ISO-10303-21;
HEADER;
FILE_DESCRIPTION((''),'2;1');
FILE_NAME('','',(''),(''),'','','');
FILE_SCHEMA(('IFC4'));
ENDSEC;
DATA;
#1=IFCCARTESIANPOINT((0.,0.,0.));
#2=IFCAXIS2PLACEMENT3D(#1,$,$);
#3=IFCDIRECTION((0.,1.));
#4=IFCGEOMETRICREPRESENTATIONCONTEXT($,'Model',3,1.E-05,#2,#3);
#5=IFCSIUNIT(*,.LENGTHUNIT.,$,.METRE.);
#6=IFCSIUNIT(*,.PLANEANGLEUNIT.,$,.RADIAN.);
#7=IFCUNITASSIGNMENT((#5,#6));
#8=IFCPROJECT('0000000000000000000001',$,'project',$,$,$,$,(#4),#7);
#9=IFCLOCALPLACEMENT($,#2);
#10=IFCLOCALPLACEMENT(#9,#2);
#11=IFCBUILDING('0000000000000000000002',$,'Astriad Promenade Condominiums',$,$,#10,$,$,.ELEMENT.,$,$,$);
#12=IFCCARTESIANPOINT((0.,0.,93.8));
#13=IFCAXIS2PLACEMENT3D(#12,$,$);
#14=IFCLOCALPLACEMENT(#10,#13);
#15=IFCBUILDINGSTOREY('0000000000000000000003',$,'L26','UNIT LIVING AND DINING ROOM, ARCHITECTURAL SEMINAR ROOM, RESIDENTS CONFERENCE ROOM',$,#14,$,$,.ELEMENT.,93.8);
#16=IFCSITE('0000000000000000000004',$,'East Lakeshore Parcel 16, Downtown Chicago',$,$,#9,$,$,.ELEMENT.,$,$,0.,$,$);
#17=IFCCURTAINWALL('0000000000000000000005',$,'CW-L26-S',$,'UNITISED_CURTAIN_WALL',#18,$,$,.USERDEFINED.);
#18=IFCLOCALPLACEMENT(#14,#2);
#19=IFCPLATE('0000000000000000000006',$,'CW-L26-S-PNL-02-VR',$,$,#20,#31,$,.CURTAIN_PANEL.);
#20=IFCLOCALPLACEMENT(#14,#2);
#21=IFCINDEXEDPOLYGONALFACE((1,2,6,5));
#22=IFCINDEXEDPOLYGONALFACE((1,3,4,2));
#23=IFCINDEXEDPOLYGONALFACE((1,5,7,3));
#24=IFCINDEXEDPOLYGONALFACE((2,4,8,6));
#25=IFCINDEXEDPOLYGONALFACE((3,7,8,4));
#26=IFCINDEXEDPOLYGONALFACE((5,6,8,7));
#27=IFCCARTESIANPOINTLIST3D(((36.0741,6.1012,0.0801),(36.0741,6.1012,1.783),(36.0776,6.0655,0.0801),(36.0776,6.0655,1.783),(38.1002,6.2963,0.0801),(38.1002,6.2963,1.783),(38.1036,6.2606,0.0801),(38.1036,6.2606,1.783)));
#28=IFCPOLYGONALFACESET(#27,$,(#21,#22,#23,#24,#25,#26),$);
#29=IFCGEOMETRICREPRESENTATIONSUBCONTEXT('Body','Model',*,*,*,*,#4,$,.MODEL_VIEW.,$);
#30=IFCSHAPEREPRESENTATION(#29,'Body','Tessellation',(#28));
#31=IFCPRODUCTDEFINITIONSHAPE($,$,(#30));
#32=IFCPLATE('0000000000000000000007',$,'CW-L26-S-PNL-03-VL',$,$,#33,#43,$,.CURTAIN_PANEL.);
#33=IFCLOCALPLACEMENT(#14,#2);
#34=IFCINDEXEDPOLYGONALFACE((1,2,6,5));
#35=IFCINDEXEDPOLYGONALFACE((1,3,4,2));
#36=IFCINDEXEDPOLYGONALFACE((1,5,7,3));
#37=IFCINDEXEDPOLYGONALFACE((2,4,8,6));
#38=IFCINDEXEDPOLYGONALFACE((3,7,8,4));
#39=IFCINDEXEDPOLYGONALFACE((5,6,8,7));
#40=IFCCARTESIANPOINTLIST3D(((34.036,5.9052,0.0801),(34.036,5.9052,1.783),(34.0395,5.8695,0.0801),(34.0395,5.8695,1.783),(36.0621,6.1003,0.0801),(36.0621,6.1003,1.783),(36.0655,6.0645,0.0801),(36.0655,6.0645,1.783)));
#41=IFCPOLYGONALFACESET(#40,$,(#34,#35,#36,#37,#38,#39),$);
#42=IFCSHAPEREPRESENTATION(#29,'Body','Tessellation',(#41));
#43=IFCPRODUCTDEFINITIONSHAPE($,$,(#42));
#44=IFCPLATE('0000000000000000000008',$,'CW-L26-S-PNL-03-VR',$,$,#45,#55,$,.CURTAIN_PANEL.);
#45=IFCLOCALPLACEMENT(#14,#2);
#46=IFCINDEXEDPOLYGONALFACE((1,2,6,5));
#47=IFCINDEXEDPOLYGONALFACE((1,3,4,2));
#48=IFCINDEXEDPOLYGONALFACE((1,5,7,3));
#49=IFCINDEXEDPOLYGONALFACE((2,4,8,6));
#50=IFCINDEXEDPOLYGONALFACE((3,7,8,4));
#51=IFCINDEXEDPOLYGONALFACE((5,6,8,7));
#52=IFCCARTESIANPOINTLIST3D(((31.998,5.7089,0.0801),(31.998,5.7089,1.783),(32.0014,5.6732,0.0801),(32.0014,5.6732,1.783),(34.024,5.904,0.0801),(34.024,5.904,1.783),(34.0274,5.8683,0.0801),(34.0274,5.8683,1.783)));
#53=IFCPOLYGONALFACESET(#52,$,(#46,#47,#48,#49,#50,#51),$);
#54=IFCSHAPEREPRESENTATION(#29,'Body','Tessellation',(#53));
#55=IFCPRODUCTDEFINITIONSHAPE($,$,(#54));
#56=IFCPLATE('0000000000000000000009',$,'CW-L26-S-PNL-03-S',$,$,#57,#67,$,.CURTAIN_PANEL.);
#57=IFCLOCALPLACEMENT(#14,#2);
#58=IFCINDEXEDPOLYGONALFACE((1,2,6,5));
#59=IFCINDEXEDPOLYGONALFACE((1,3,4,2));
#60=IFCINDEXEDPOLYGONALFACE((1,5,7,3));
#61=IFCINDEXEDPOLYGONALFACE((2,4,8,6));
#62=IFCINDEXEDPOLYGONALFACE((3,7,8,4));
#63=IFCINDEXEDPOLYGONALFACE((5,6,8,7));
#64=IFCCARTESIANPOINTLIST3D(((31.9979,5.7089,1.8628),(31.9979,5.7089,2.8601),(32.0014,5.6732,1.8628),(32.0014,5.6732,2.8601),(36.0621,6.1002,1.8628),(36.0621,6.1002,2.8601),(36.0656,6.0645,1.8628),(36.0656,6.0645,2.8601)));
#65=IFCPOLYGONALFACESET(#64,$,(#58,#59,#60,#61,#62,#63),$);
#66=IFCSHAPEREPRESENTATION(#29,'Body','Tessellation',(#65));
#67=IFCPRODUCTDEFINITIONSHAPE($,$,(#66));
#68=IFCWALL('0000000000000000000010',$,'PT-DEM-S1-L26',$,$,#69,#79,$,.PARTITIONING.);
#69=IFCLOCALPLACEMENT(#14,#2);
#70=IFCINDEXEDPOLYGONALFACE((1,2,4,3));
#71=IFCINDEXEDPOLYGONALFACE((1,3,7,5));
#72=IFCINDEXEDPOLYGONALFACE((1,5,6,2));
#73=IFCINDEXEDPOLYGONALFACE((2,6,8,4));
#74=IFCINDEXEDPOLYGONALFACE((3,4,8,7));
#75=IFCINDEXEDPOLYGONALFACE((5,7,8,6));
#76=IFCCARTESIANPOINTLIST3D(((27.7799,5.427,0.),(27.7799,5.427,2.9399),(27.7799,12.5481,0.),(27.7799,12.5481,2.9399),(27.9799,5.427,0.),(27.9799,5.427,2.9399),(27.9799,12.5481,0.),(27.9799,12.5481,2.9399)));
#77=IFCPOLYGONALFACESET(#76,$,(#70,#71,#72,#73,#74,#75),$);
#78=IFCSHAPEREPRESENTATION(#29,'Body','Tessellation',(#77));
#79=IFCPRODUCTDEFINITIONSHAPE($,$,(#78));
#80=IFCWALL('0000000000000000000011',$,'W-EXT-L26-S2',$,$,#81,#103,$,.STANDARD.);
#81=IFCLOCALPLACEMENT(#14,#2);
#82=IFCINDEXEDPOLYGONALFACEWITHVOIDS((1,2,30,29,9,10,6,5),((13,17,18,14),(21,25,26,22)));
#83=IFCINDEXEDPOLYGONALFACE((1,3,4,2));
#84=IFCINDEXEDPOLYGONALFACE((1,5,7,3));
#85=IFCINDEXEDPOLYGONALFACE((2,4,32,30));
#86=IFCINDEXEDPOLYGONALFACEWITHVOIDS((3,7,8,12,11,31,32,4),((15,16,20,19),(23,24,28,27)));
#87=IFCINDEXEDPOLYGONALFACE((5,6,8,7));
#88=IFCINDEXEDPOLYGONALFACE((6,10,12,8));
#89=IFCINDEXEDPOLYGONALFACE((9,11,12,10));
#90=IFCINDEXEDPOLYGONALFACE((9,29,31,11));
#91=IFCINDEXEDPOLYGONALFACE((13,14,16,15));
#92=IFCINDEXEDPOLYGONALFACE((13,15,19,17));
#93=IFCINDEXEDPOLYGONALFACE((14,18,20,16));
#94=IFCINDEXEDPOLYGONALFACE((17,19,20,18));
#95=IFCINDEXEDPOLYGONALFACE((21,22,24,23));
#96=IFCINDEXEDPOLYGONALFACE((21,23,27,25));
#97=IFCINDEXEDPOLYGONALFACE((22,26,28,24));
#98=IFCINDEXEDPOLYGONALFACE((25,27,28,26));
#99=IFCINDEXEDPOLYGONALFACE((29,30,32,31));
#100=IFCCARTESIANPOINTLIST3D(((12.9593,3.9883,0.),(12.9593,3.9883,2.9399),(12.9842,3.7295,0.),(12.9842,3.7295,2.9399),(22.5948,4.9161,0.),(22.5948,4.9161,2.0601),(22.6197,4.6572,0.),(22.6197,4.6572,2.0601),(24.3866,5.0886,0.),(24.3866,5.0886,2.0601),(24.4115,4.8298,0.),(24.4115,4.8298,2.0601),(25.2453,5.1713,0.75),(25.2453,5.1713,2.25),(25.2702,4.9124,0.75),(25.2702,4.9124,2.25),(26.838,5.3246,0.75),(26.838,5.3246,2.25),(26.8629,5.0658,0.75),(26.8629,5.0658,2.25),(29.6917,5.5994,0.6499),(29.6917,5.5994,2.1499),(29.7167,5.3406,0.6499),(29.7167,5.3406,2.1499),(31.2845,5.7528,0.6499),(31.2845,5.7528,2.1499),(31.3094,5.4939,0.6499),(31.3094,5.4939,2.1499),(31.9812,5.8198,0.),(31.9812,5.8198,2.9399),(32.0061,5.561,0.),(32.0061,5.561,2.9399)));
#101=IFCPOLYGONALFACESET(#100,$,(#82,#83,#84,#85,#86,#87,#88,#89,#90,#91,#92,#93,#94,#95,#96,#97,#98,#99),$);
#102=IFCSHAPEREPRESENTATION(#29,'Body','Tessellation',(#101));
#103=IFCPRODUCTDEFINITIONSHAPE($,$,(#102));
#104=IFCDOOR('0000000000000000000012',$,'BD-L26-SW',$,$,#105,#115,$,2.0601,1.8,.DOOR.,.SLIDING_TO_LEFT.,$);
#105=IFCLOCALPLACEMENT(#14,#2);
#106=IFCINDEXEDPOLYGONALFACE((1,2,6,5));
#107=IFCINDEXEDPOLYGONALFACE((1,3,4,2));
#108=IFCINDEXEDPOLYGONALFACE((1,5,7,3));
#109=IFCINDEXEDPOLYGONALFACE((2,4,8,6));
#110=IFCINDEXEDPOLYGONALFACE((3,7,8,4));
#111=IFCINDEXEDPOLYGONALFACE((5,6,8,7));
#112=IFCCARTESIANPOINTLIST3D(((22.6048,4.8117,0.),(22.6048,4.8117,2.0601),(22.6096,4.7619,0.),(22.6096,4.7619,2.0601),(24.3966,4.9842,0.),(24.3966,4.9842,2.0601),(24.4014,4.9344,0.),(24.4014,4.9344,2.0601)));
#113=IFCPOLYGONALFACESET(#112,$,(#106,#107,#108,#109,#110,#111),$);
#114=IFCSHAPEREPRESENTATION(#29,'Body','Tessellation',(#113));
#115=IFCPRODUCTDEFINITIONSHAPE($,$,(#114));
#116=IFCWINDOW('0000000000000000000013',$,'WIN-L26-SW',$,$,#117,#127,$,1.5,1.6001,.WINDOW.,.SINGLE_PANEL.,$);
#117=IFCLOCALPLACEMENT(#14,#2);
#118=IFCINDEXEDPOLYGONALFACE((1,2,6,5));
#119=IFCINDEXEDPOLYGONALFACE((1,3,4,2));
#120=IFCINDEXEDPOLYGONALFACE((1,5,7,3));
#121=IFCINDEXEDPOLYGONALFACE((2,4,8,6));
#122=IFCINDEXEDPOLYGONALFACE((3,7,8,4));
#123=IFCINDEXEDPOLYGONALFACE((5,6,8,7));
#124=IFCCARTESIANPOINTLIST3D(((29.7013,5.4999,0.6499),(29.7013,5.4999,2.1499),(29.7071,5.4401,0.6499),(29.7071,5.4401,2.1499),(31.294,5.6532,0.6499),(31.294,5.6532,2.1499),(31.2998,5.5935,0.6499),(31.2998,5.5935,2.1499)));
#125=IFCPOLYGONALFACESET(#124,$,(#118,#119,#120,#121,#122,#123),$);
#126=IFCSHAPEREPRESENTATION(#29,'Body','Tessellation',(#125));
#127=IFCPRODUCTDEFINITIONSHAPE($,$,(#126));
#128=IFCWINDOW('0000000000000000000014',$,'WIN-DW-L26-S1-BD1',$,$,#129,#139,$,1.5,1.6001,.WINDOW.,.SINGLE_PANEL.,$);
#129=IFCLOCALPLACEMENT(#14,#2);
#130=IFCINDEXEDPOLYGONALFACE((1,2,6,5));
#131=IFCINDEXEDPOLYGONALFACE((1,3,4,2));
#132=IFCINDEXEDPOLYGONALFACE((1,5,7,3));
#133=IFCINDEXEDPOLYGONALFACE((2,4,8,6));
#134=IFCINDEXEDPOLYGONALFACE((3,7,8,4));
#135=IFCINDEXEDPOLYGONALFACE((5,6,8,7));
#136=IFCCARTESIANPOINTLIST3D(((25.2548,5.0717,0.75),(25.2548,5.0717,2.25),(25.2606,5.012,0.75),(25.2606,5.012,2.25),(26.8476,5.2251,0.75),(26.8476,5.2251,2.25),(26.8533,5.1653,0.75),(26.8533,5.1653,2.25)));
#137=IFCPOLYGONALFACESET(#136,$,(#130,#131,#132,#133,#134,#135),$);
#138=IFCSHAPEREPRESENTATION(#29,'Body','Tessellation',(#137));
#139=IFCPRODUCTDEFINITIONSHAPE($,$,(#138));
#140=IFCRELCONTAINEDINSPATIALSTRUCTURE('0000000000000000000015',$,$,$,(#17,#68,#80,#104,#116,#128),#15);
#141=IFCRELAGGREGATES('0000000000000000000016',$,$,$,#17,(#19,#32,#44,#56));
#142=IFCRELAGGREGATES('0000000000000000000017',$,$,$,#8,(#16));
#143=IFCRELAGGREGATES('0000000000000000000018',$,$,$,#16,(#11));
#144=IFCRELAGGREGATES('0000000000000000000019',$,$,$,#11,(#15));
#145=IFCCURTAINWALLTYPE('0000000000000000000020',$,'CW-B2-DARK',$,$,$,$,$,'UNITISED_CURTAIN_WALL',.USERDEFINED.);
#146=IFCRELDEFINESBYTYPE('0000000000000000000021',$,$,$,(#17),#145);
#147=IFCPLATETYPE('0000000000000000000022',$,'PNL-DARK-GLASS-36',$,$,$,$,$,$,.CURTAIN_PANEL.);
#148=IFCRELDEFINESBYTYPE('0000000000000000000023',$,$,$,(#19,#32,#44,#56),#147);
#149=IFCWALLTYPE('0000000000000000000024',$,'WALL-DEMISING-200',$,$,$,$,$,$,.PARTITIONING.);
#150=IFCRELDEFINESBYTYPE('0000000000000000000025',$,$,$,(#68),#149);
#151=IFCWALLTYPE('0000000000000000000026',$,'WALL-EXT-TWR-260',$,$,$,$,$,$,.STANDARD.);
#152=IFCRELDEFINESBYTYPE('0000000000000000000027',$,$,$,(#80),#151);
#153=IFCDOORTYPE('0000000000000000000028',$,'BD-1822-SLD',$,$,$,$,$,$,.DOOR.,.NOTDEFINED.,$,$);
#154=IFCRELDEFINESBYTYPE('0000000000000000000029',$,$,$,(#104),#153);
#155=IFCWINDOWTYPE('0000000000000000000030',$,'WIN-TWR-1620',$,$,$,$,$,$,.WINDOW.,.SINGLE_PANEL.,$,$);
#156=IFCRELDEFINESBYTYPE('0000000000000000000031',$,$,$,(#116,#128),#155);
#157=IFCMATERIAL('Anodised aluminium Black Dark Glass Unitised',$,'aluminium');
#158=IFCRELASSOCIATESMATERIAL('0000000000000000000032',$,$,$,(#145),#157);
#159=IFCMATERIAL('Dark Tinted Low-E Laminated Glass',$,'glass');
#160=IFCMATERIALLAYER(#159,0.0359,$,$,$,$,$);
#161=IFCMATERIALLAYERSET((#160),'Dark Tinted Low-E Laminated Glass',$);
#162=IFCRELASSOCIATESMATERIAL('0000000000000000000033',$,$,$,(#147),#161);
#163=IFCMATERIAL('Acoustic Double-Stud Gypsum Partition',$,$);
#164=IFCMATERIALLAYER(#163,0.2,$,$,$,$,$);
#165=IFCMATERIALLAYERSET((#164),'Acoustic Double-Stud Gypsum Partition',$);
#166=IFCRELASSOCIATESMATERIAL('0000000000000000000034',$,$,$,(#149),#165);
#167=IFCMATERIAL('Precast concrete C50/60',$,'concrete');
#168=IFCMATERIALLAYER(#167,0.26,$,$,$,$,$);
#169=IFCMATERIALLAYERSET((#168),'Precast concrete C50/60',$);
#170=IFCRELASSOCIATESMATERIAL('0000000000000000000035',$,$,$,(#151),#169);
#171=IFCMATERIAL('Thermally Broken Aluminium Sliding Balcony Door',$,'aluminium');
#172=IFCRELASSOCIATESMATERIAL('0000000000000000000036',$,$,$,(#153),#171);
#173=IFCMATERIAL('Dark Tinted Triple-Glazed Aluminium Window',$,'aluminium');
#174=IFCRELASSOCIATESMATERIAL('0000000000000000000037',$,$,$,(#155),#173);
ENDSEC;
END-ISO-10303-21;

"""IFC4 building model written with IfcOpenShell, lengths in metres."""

from ifc_helpers import new_model, si_unit, direction, frame, frame_2d, origin, origin_2d, place, context, subcontext, project, spatial, rectangle, extrude, source, transform, mapped, material, layer, layer_set, type_object, type_shapes, element, fill, aggregate, save


model = new_model("IFC4")

# Units and contexts
model_context = context("Model", 3, precision=1e-05, world=origin(), true_north=direction((0.0, 1.0)))
body_context = subcontext(model_context, "Body", "Model", "MODEL_VIEW")
ifc_project = project(units=[si_unit("LENGTHUNIT", "METRE"), si_unit("PLANEANGLEUNIT", "RADIAN")], contexts=[model_context])

# Site, building, storey
site_placement = place(None, origin())
site = spatial("IfcSite", under=ifc_project, at=site_placement, Name="East Lakeshore Parcel 16, Downtown Chicago", CompositionType="ELEMENT", RefElevation=0.0)
building_placement = place(site_placement, origin())
building = spatial("IfcBuilding", under=site, at=building_placement, Name="Astriad Promenade Condominiums", CompositionType="ELEMENT")
storey_placement = place(building_placement, frame((0.0, 0.0, 93.8)))
storey = spatial("IfcBuildingStorey", under=building, at=storey_placement, Name="L26", Description="UNIT LIVING AND DINING ROOM, ARCHITECTURAL SEMINAR ROOM, RESIDENTS CONFERENCE ROOM", CompositionType="ELEMENT", Elevation=93.8)

# Curtain wall, plates
ifc_material_1 = material(Name="Anodised aluminium Black Dark Glass Unitised", Category="aluminium")
curtain_wall_type = type_object("IfcCurtainWallType", Name="CW-B2-DARK", ElementType="UNITISED_CURTAIN_WALL", PredefinedType="USERDEFINED", material=ifc_material_1)
curtain_wall_placement = place(storey_placement, origin())
curtain_wall = element("IfcCurtainWall", 1, at=curtain_wall_placement, inside=storey, type_object=curtain_wall_type, Name="CW-L26-S", ObjectType="UNITISED_CURTAIN_WALL", PredefinedType="USERDEFINED")
ifc_material_2 = material(Name="Dark Tinted Low-E Laminated Glass", Category="glass")
ifc_layer_1 = layer(ifc_material_2, 0.0359)
ifc_layer_set_1 = layer_set([ifc_layer_1], Name="Dark Tinted Low-E Laminated Glass")
plate_type = type_object("IfcPlateType", Name="PNL-DARK-GLASS-36", PredefinedType="CURTAIN_PANEL", material=ifc_layer_set_1)
shared_shape_1 = source(origin(), body_context, "Body", "SweptSolid", [
    extrude(rectangle(XDim=2.0354, YDim=0.0359, at=origin_2d()), origin(), (0.0, 0.0, 1.0), 1.7029),
])
plate_1_placement = place(storey_placement, frame((37.0889, 6.1809, 0.0801), z_axis=(0.0, 0.0, 1.0), x_axis=(-0.995396, -0.095846, 0.0)))
plate_1 = element("IfcPlate", 2, at=plate_1_placement, type_object=plate_type, Name="CW-L26-S-PNL-02-VR", PredefinedType="CURTAIN_PANEL", context=body_context, shape_type="MappedRepresentation", body=[
    mapped(shared_shape_1, transform((0.0, 0.0, 0.0), scale=1.0)),
])
plate_2_placement = place(storey_placement, frame((35.0508, 5.9849, 0.0801), z_axis=(0.0, 0.0, 1.0), x_axis=(-0.995396, -0.095846, 0.0)))
plate_2 = element("IfcPlate", 3, at=plate_2_placement, type_object=plate_type, Name="CW-L26-S-PNL-03-VL", PredefinedType="CURTAIN_PANEL", context=body_context, shape_type="MappedRepresentation", body=[
    mapped(shared_shape_1, transform((0.0, 0.0, 0.0), scale=1.0)),
])
plate_3_placement = place(storey_placement, frame((33.0127, 5.7886, 0.0801), z_axis=(0.0, 0.0, 1.0), x_axis=(-0.995396, -0.095846, 0.0)))
plate_3 = element("IfcPlate", 4, at=plate_3_placement, type_object=plate_type, Name="CW-L26-S-PNL-03-VR", PredefinedType="CURTAIN_PANEL", context=body_context, shape_type="MappedRepresentation", body=[
    mapped(shared_shape_1, transform((0.0, 0.0, 0.0), scale=1.0)),
])
shared_shape_2 = source(origin(), body_context, "Body", "SweptSolid", [
    extrude(rectangle(XDim=4.083, YDim=0.0359, at=origin_2d()), origin(), (0.0, 0.0, 1.0), 0.9973),
])
type_shapes(plate_type, [shared_shape_1, shared_shape_2])
plate_4_placement = place(storey_placement, frame((34.0317, 5.8867, 1.8628), z_axis=(0.0, 0.0, 1.0), x_axis=(-0.995396, -0.095846, 0.0)))
plate_4 = element("IfcPlate", 5, at=plate_4_placement, type_object=plate_type, Name="CW-L26-S-PNL-03-S", PredefinedType="CURTAIN_PANEL", context=body_context, shape_type="MappedRepresentation", body=[
    mapped(shared_shape_2, transform((0.0, 0.0, 0.0), scale=1.0)),
])
aggregate(curtain_wall, [plate_1, plate_2, plate_3, plate_4])

# Wall
ifc_material_3 = material(Name="Acoustic Double-Stud Gypsum Partition")
ifc_layer_2 = layer(ifc_material_3, 0.2)
ifc_layer_set_2 = layer_set([ifc_layer_2], Name="Acoustic Double-Stud Gypsum Partition")
wall_type_1 = type_object("IfcWallType", Name="WALL-DEMISING-200", PredefinedType="PARTITIONING", material=ifc_layer_set_2)
wall_1_placement = place(storey_placement, frame((27.8799, 5.427, 0.0), z_axis=(0.0, 0.0, 1.0), x_axis=(0.0, 1.0, 0.0)))
element("IfcWall", 6, at=wall_1_placement, inside=storey, type_object=wall_type_1, Name="PT-DEM-S1-L26", PredefinedType="PARTITIONING", context=body_context, shape_type="SweptSolid", body=[
    extrude(rectangle(XDim=7.1211, YDim=0.2, at=frame_2d((3.5605, 0.0))), origin(), (0.0, 0.0, 1.0), 2.9399),
])

# Wall, openings, door, windows
ifc_material_4 = material(Name="Precast concrete C50/60", Category="concrete")
ifc_layer_3 = layer(ifc_material_4, 0.26)
ifc_layer_set_3 = layer_set([ifc_layer_3], Name="Precast concrete C50/60")
wall_type_2 = type_object("IfcWallType", Name="WALL-EXT-TWR-260", PredefinedType="STANDARD", material=ifc_layer_set_3)
wall_2_placement = place(storey_placement, frame((31.9937, 5.6904, 0.0), z_axis=(0.0, 0.0, 1.0), x_axis=(-0.995397, -0.095842, 0.0)))
wall_2 = element("IfcWall", 7, at=wall_2_placement, inside=storey, type_object=wall_type_2, Name="W-EXT-L26-S2", PredefinedType="STANDARD", context=body_context, shape_type="SweptSolid", body=[
    extrude(rectangle(XDim=19.1099, YDim=0.26, at=frame_2d((9.5549, 0.0))), origin(), (0.0, 0.0, 1.0), 2.9399),
])
opening_1_placement = place(wall_2_placement, frame((7.6299, 0.0, 0.0)))
opening_1 = element("IfcOpeningElement", 8, at=opening_1_placement, cuts=wall_2, PredefinedType="OPENING", context=body_context, shape_type="SweptSolid", body=[
    extrude(rectangle(XDim=1.8, YDim=2.0601, at=frame_2d((0.8999, 1.03))), frame((0.0, 0.1399, 0.0), z_axis=(0.0, -1.0, 0.0), x_axis=(1.0, 0.0, 0.0)), (0.0, 0.0, 1.0), 0.28),
])
opening_2_placement = place(wall_2_placement, frame((0.7, 0.0, 0.6499)))
opening_2 = element("IfcOpeningElement", 9, at=opening_2_placement, cuts=wall_2, PredefinedType="OPENING", context=body_context, shape_type="SweptSolid", body=[
    extrude(rectangle(XDim=1.6001, YDim=1.5, at=frame_2d((0.8, 0.75))), frame((0.0, 0.1399, 0.0), z_axis=(0.0, -1.0, 0.0), x_axis=(1.0, 0.0, 0.0)), (0.0, 0.0, 1.0), 0.28),
])
opening_3_placement = place(wall_2_placement, frame((5.167, 0.0, 0.75)))
opening_3 = element("IfcOpeningElement", 10, at=opening_3_placement, cuts=wall_2, PredefinedType="OPENING", context=body_context, shape_type="SweptSolid", body=[
    extrude(rectangle(XDim=1.6001, YDim=1.5, at=frame_2d((0.8, 0.75))), frame((0.0, 0.1399, 0.0), z_axis=(0.0, -1.0, 0.0), x_axis=(1.0, 0.0, 0.0)), (0.0, 0.0, 1.0), 0.28),
])
ifc_material_5 = material(Name="Thermally Broken Aluminium Sliding Balcony Door", Category="aluminium")
door_type_1 = type_object("IfcDoorType", Name="BD-1822-SLD", OperationType="NOTDEFINED", PredefinedType="DOOR", material=ifc_material_5)
shared_shape_3 = source(origin(), body_context, "Body", "SweptSolid", [
    extrude(rectangle(XDim=1.8, YDim=2.0601, at=frame_2d((0.8999, 1.03))), frame((0.0, 0.0249, 0.0), z_axis=(0.0, -1.0, 0.0), x_axis=(1.0, 0.0, 0.0)), (0.0, 0.0, 1.0), 0.05),
])
type_shapes(door_type_1, [shared_shape_3])
door_1_placement = place(opening_1_placement, origin())
door_1 = element("IfcDoor", 11, at=door_1_placement, inside=storey, type_object=door_type_1, Name="BD-L26-SW", OperationType="SLIDING_TO_LEFT", OverallHeight=2.0601, OverallWidth=1.8, PredefinedType="DOOR", context=body_context, shape_type="MappedRepresentation", body=[
    mapped(shared_shape_3, transform((0.0, 0.0, 0.0), scale=1.0)),
])
fill(opening_1, door_1)
ifc_material_6 = material(Name="Dark Tinted Triple-Glazed Aluminium Window", Category="aluminium")
window_type = type_object("IfcWindowType", Name="WIN-TWR-1620", PartitioningType="SINGLE_PANEL", PredefinedType="WINDOW", material=ifc_material_6)
shared_shape_4 = source(origin(), body_context, "Body", "SweptSolid", [
    extrude(rectangle(XDim=1.6001, YDim=1.5, at=frame_2d((0.8, 0.75))), frame((0.0, 0.03, 0.0), z_axis=(0.0, -1.0, 0.0), x_axis=(1.0, 0.0, 0.0)), (0.0, 0.0, 1.0), 0.0601),
])
type_shapes(window_type, [shared_shape_4])
window_1_placement = place(opening_2_placement, origin())
window_1 = element("IfcWindow", 12, at=window_1_placement, inside=storey, type_object=window_type, Name="WIN-L26-SW", OverallHeight=1.5, OverallWidth=1.6001, PartitioningType="SINGLE_PANEL", PredefinedType="WINDOW", context=body_context, shape_type="MappedRepresentation", body=[
    mapped(shared_shape_4, transform((0.0, 0.0, 0.0), scale=1.0)),
])
fill(opening_2, window_1)
window_2_placement = place(opening_3_placement, origin())
window_2 = element("IfcWindow", 13, at=window_2_placement, inside=storey, type_object=window_type, Name="WIN-DW-L26-S1-BD1", OverallHeight=1.5, OverallWidth=1.6001, PartitioningType="SINGLE_PANEL", PredefinedType="WINDOW", context=body_context, shape_type="MappedRepresentation", body=[
    mapped(shared_shape_4, transform((0.0, 0.0, 0.0), scale=1.0)),
])
fill(opening_3, window_2)

save(model, "model.ifc")
